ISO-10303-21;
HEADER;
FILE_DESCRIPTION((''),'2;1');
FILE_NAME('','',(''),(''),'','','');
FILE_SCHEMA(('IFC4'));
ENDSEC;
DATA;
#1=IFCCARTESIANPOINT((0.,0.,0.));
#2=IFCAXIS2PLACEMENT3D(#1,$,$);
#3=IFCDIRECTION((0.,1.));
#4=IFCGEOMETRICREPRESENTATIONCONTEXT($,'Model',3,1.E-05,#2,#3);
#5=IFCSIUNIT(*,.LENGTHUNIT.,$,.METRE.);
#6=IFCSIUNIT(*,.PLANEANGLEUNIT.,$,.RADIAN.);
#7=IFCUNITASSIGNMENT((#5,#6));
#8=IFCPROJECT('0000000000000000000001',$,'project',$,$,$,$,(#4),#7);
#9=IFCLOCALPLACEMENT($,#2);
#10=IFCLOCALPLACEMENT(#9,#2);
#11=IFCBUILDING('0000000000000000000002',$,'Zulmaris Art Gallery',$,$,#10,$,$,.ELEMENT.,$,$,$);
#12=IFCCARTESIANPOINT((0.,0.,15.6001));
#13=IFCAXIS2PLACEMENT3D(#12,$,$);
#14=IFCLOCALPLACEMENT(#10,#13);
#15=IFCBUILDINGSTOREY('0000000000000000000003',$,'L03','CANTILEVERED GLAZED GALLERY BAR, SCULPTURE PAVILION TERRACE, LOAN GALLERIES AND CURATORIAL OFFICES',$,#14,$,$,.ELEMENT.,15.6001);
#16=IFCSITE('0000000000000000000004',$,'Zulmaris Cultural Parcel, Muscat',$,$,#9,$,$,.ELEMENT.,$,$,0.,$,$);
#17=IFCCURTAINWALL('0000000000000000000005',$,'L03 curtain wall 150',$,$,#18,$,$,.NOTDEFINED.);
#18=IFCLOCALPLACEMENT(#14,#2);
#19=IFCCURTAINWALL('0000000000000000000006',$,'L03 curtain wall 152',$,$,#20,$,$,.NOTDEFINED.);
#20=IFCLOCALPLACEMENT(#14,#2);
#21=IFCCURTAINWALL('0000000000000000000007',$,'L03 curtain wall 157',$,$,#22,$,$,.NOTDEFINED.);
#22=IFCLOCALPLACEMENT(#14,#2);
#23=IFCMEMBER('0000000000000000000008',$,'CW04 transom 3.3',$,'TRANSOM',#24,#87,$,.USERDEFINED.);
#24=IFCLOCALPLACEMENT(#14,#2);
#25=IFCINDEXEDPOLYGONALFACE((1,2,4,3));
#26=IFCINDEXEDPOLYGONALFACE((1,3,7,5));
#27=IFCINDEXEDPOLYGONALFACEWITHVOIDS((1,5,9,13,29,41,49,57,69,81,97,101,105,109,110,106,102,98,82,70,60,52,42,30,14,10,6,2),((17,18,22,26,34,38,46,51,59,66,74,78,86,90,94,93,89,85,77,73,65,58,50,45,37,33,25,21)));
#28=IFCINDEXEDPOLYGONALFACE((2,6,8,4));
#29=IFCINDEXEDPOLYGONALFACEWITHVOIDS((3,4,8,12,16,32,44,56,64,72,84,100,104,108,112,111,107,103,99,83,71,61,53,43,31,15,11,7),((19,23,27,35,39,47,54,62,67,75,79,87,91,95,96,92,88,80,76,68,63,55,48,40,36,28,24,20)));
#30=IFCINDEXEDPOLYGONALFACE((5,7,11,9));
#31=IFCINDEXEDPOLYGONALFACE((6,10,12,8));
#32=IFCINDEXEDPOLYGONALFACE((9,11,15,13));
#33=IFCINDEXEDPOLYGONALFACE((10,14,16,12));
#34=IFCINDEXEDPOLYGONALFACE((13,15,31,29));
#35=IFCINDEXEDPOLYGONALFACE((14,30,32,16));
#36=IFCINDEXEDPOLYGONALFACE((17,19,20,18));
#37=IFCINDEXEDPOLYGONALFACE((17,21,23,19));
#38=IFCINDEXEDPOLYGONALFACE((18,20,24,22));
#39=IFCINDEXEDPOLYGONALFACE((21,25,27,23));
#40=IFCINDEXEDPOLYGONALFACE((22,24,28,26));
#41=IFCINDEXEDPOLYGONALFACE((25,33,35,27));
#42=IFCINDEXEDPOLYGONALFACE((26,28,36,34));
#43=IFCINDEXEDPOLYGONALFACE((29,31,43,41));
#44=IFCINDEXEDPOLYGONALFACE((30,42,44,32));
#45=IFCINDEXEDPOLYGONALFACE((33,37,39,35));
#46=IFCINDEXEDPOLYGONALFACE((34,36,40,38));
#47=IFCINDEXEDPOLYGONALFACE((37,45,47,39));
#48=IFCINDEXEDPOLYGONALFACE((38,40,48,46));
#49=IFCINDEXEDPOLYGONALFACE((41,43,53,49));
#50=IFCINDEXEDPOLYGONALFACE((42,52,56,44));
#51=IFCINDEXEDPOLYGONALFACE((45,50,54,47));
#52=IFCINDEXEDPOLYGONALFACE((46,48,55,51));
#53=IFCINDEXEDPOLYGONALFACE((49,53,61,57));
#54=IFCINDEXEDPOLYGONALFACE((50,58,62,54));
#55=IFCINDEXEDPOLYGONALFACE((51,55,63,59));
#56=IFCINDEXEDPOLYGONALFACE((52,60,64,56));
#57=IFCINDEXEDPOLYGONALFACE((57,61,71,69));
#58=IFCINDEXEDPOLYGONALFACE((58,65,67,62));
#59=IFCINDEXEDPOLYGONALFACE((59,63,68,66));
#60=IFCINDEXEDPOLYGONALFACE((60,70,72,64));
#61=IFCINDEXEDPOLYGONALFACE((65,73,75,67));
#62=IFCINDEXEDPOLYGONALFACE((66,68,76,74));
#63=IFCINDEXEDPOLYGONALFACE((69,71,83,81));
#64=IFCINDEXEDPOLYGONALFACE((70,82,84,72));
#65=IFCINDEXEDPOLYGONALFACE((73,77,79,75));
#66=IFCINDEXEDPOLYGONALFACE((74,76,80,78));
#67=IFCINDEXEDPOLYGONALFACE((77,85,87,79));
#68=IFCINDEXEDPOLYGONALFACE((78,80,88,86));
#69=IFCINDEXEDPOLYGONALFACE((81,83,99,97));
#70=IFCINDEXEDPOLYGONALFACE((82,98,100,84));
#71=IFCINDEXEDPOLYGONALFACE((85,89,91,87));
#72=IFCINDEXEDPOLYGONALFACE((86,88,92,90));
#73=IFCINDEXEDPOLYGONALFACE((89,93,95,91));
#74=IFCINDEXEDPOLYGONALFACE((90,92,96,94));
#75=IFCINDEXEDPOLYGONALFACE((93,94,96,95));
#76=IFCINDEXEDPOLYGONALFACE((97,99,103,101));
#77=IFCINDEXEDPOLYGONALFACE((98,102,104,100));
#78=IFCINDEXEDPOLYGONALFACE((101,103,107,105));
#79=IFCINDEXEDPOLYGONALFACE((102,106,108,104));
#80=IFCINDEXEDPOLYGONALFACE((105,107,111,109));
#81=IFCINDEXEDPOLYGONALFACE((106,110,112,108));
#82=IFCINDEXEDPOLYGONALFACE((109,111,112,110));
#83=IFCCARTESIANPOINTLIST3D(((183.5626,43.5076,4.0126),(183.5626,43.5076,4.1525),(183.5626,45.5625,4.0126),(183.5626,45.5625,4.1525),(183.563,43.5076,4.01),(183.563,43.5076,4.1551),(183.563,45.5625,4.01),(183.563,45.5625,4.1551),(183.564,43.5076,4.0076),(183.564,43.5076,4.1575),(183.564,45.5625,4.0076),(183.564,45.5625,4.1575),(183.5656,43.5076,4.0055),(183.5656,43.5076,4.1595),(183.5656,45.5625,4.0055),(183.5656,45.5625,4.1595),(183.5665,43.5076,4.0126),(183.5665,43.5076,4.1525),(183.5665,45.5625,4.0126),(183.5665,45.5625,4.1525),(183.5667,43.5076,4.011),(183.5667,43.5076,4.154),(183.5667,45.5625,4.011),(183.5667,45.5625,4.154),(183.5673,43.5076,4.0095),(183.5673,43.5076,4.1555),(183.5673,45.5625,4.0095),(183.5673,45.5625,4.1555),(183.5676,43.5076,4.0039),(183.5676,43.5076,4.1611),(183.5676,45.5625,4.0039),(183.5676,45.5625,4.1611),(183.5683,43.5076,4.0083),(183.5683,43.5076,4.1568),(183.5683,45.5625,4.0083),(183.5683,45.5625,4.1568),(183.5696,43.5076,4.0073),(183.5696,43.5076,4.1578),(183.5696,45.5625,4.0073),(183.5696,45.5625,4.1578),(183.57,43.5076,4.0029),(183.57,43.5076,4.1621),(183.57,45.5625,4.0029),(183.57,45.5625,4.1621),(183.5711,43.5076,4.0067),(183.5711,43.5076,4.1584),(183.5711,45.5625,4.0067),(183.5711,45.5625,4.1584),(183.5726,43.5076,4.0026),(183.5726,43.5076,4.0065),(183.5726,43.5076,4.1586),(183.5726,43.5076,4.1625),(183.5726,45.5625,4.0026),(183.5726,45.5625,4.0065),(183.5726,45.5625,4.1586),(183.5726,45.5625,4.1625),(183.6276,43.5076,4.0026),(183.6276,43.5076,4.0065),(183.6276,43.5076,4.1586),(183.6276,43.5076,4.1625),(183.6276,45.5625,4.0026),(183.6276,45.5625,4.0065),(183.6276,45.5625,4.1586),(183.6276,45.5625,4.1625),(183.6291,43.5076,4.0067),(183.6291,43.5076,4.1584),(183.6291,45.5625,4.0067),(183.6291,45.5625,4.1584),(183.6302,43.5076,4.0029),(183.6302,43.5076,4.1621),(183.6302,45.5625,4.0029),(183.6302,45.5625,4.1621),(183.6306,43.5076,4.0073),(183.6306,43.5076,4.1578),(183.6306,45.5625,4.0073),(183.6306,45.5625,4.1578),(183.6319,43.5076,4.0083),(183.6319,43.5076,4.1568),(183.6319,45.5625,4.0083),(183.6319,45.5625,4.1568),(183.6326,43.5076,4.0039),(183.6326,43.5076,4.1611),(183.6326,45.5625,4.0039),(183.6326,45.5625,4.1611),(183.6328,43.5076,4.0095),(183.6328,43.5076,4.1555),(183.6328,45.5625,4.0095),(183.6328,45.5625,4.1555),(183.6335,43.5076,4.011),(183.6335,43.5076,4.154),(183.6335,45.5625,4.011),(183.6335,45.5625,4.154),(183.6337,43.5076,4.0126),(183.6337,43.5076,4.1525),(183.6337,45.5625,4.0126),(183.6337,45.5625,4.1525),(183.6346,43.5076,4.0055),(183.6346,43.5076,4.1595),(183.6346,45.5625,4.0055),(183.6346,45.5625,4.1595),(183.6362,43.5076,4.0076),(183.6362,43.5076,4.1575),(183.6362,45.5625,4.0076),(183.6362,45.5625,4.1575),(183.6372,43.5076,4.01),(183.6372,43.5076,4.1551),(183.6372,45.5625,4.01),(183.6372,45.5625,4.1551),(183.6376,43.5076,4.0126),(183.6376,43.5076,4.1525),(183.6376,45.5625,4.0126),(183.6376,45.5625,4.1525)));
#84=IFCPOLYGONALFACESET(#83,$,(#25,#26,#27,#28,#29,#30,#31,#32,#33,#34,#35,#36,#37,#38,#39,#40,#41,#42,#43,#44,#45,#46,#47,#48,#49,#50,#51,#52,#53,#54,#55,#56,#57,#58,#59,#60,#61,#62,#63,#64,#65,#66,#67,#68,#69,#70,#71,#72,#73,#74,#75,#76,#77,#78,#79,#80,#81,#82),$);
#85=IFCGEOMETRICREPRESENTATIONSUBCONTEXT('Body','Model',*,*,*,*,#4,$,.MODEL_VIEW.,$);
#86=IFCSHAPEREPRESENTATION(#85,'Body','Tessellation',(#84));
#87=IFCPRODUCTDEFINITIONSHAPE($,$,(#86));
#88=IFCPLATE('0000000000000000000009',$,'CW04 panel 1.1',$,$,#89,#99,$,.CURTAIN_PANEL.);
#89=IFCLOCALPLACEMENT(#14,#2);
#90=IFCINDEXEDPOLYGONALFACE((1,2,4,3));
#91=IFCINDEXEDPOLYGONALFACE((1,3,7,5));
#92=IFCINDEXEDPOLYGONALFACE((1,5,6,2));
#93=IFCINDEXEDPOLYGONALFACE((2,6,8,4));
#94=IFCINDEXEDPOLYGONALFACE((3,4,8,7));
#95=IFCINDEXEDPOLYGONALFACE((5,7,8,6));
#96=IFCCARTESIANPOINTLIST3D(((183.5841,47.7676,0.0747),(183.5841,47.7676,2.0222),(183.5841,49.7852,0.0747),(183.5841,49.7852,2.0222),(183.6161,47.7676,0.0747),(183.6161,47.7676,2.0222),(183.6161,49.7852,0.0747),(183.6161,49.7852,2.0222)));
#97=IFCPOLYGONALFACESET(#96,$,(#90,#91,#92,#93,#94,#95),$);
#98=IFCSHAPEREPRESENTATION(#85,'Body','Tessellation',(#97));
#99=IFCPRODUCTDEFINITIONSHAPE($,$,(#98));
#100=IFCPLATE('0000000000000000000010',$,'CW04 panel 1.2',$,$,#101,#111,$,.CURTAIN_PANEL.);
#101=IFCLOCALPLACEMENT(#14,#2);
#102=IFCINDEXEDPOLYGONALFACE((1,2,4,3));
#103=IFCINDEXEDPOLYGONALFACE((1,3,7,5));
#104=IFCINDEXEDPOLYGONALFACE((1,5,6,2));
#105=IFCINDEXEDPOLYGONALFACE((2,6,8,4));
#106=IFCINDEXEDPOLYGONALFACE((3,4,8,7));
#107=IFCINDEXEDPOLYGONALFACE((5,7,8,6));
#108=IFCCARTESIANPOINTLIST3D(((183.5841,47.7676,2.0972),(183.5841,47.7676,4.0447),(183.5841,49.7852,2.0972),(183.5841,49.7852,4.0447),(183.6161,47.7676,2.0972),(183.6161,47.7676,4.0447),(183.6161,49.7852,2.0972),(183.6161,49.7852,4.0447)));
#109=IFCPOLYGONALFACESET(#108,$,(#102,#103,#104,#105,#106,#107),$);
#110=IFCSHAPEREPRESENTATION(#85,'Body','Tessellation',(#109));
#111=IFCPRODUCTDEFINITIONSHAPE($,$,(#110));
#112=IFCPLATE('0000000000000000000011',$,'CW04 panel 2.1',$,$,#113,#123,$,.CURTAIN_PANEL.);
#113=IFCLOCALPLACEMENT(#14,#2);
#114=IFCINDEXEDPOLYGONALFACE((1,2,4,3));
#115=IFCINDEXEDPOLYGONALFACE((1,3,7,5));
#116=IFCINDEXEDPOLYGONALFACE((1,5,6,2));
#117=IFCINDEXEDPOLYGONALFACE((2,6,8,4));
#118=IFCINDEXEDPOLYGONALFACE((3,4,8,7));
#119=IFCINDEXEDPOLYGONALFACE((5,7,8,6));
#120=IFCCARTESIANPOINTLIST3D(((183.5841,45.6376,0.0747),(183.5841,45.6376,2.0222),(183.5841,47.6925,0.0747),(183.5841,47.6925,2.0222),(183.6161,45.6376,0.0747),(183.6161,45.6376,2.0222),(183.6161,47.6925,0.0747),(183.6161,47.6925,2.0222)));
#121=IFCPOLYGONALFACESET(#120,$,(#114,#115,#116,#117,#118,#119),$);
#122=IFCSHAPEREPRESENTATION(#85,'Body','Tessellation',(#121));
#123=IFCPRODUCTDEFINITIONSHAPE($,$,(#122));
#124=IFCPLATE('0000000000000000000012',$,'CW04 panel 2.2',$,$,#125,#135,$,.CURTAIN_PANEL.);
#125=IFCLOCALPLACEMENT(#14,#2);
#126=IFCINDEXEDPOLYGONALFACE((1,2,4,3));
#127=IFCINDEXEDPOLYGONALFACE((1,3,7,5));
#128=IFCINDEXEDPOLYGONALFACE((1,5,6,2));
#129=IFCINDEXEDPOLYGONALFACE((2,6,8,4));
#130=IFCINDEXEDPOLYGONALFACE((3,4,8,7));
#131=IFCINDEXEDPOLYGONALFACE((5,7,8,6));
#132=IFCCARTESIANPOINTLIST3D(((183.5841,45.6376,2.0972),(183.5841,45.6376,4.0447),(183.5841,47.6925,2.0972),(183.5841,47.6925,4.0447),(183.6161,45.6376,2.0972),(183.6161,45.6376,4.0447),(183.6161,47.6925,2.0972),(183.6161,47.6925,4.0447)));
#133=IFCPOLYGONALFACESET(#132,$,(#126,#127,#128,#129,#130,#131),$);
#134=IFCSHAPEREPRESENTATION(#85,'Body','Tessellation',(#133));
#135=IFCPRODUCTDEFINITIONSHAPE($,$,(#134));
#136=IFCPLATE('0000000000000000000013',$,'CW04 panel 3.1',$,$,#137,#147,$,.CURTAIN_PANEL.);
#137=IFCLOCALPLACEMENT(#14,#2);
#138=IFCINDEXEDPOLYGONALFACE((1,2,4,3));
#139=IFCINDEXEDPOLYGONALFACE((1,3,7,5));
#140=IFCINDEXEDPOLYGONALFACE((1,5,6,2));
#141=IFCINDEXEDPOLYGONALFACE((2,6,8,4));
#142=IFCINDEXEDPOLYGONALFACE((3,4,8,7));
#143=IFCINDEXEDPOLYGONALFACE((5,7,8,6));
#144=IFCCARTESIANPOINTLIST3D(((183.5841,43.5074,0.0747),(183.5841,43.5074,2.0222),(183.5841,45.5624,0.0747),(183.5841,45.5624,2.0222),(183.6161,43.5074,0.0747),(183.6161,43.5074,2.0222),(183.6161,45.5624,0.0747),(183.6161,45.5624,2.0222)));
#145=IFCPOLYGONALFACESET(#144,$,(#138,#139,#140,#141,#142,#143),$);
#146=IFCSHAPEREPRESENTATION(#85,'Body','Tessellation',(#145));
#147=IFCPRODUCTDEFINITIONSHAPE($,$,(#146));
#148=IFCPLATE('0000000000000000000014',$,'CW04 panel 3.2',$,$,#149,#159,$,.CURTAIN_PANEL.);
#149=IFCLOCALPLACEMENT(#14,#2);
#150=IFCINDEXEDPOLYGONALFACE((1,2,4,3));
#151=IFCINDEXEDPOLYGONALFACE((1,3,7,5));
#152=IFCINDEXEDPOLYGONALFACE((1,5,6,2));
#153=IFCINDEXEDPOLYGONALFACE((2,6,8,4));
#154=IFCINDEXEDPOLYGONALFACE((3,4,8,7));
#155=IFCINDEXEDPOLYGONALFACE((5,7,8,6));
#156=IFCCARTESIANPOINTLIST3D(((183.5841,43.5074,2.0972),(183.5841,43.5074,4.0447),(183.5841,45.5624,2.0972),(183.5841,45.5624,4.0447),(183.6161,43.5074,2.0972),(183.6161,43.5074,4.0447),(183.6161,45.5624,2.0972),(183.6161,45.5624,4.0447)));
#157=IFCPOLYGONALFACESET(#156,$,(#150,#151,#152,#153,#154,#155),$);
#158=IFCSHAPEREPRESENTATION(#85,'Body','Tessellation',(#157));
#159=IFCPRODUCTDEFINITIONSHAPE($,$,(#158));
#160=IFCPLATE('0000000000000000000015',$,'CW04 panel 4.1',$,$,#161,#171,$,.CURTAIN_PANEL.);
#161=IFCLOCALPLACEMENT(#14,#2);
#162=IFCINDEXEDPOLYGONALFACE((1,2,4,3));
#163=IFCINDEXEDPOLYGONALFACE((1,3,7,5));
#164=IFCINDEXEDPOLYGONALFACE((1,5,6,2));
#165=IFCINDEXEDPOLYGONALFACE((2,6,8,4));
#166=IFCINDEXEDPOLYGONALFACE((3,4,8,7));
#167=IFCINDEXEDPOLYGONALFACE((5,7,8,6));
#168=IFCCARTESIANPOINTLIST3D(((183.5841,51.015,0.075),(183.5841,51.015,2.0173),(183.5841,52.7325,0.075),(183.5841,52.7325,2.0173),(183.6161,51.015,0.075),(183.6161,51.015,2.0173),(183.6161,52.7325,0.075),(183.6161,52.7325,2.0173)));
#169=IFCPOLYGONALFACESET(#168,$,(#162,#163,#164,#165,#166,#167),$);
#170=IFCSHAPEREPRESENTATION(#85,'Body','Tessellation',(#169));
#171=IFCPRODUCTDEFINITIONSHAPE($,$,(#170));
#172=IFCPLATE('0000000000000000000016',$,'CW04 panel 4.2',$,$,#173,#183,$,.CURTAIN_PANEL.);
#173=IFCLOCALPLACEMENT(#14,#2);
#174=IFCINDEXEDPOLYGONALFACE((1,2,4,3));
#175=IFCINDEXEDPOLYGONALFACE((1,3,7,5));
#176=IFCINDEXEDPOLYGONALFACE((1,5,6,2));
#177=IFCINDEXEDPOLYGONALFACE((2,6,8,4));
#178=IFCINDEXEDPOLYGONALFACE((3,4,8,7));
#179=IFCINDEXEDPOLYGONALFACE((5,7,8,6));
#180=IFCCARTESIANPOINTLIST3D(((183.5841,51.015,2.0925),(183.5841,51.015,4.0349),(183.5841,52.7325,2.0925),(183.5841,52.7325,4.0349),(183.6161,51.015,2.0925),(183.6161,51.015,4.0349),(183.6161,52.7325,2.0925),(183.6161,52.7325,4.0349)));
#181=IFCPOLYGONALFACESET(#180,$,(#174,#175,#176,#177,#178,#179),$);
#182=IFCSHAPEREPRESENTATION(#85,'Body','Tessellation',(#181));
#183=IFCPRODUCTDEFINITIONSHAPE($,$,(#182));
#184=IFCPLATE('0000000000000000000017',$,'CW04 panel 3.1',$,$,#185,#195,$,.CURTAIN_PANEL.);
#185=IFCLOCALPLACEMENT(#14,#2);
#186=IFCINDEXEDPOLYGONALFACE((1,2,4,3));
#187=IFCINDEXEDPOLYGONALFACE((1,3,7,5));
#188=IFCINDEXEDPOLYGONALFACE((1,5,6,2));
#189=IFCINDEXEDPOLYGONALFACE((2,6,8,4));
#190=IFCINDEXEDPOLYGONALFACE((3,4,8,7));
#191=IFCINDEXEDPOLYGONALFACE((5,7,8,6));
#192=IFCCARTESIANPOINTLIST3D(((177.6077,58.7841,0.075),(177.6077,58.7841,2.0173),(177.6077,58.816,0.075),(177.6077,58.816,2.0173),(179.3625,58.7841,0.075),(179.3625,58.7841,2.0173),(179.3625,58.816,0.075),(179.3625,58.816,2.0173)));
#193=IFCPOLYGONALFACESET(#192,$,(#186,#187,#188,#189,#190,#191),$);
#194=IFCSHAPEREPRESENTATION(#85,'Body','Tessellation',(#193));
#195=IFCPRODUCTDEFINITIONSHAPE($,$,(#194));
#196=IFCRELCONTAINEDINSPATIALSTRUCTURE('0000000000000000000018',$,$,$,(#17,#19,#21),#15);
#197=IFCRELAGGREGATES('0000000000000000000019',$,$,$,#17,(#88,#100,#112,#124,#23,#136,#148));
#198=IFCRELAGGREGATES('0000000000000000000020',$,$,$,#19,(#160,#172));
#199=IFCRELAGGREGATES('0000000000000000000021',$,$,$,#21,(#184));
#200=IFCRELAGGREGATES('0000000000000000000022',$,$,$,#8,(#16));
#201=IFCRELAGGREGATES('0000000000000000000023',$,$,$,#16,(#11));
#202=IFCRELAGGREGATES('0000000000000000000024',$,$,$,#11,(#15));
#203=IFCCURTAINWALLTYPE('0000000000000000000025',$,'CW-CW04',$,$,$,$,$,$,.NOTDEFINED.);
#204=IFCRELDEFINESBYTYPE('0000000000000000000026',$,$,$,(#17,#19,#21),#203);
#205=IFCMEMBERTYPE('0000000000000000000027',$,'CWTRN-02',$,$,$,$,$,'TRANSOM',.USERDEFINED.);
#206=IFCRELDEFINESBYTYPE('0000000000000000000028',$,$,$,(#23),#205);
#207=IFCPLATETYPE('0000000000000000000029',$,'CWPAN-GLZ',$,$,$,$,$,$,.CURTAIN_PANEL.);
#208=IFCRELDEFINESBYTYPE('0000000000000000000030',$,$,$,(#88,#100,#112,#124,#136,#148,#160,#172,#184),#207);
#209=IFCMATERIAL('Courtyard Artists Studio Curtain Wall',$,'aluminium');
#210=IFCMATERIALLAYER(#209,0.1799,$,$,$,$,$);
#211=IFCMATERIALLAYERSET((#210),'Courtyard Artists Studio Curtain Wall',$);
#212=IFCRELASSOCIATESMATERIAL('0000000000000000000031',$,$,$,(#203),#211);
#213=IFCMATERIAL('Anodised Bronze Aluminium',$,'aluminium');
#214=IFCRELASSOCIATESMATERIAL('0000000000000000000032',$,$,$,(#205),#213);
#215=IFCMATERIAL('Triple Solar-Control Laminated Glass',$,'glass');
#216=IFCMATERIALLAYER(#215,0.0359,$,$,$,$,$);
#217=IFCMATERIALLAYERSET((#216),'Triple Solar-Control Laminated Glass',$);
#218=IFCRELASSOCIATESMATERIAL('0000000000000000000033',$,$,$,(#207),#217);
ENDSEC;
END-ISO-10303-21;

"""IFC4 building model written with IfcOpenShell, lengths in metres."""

from ifc_helpers import new_model, si_unit, direction, frame, origin, origin_2d, place, context, subcontext, project, spatial, rectangle, hollow_rectangle, extrude, material, layer, layer_set, material_profile, profile_set, type_object, element, aggregate, save


model = new_model("IFC4")

# Units and contexts
model_context = context("Model", 3, precision=1e-05, world=origin(), true_north=direction((0.0, 1.0)))
body_context = subcontext(model_context, "Body", "Model", "MODEL_VIEW")
ifc_project = project(units=[si_unit("LENGTHUNIT", "METRE"), si_unit("PLANEANGLEUNIT", "RADIAN")], contexts=[model_context])

# Site, building, storey
site_placement = place(None, origin())
site = spatial("IfcSite", under=ifc_project, at=site_placement, Name="Zulmaris Cultural Parcel, Muscat", CompositionType="ELEMENT", RefElevation=0.0)
building_placement = place(site_placement, origin())
building = spatial("IfcBuilding", under=site, at=building_placement, Name="Zulmaris Art Gallery", CompositionType="ELEMENT")
storey_placement = place(building_placement, frame((0.0, 0.0, 15.6001)))
storey = spatial("IfcBuildingStorey", under=building, at=storey_placement, Name="L03", Description="CANTILEVERED GLAZED GALLERY BAR, SCULPTURE PAVILION TERRACE, LOAN GALLERIES AND CURATORIAL OFFICES", CompositionType="ELEMENT", Elevation=15.6001)

# Curtain wall
ifc_material_1 = material(Name="Courtyard Artists Studio Curtain Wall", Category="aluminium")
ifc_layer_1 = layer(ifc_material_1, 0.1799)
ifc_layer_set_1 = layer_set([ifc_layer_1], Name="Courtyard Artists Studio Curtain Wall")
curtain_wall_type = type_object("IfcCurtainWallType", Name="CW-CW04", PredefinedType="NOTDEFINED", material=ifc_layer_set_1)
curtain_wall_1_placement = place(storey_placement, origin())
curtain_wall_1 = element("IfcCurtainWall", 1, at=curtain_wall_1_placement, inside=storey, type_object=curtain_wall_type, Name="L03 curtain wall 150", PredefinedType="NOTDEFINED")
ifc_material_2 = material(Name="Anodised Bronze Aluminium", Category="aluminium")

# Curtain walls
curtain_wall_2_placement = place(storey_placement, origin())
curtain_wall_2 = element("IfcCurtainWall", 2, at=curtain_wall_2_placement, inside=storey, type_object=curtain_wall_type, Name="L03 curtain wall 152", PredefinedType="NOTDEFINED")
curtain_wall_3_placement = place(storey_placement, origin())
curtain_wall_3 = element("IfcCurtainWall", 3, at=curtain_wall_3_placement, inside=storey, type_object=curtain_wall_type, Name="L03 curtain wall 157", PredefinedType="NOTDEFINED")

# Member
ifc_material_profile_1 = material_profile(ifc_material_2, hollow_rectangle(XDim=0.075, YDim=0.1599, WallThickness=0.0039, InnerFilletRadius=0.0061, OuterFilletRadius=0.01, at=origin_2d()), Name="ALU 75x160x4")
ifc_profile_set_1 = profile_set([ifc_material_profile_1], Name="Anodised Bronze Aluminium")
member_type_1 = type_object("IfcMemberType", Name="CWTRN-02", ElementType="TRANSOM", PredefinedType="USERDEFINED", material=ifc_profile_set_1)
member_1_placement = place(storey_placement, frame((183.6001, 45.5625, 4.0825), z_axis=(0.0, -1.0, 0.0), x_axis=(1.0, 0.0, 0.0)))
member_1 = element("IfcMember", 4, at=member_1_placement, type_object=member_type_1, Name="CW04 transom 3.3", ObjectType="TRANSOM", PredefinedType="USERDEFINED", context=body_context, shape_type="SweptSolid", body=[
    extrude(hollow_rectangle(XDim=0.075, YDim=0.1599, WallThickness=0.0039, InnerFilletRadius=0.0061, OuterFilletRadius=0.01, at=origin_2d()), origin(), (0.0, 0.0, 1.0), 2.0549),
])

# Plates
ifc_material_3 = material(Name="Triple Solar-Control Laminated Glass", Category="glass")
ifc_layer_2 = layer(ifc_material_3, 0.0359)
ifc_layer_set_2 = layer_set([ifc_layer_2], Name="Triple Solar-Control Laminated Glass")
plate_type = type_object("IfcPlateType", Name="CWPAN-GLZ", PredefinedType="CURTAIN_PANEL", material=ifc_layer_set_2)
plate_1_placement = place(storey_placement, frame((183.6001, 48.7764, 0.0747), z_axis=(0.0, 0.0, 1.0), x_axis=(0.0, -1.0, 0.0)))
plate_1 = element("IfcPlate", 5, at=plate_1_placement, type_object=plate_type, Name="CW04 panel 1.1", PredefinedType="CURTAIN_PANEL", context=body_context, shape_type="SweptSolid", body=[
    extrude(rectangle(XDim=2.0176, YDim=0.032, at=origin_2d()), origin(), (0.0, 0.0, 1.0), 1.9475),
])
plate_2_placement = place(storey_placement, frame((183.6001, 48.7764, 2.0972), z_axis=(0.0, 0.0, 1.0), x_axis=(0.0, -1.0, 0.0)))
plate_2 = element("IfcPlate", 6, at=plate_2_placement, type_object=plate_type, Name="CW04 panel 1.2", PredefinedType="CURTAIN_PANEL", context=body_context, shape_type="SweptSolid", body=[
    extrude(rectangle(XDim=2.0176, YDim=0.032, at=origin_2d()), origin(), (0.0, 0.0, 1.0), 1.9475),
])
plate_3_placement = place(storey_placement, frame((183.6001, 46.665, 0.0747), z_axis=(0.0, 0.0, 1.0), x_axis=(0.0, -1.0, 0.0)))
plate_3 = element("IfcPlate", 7, at=plate_3_placement, type_object=plate_type, Name="CW04 panel 2.1", PredefinedType="CURTAIN_PANEL", context=body_context, shape_type="SweptSolid", body=[
    extrude(rectangle(XDim=2.0549, YDim=0.032, at=origin_2d()), origin(), (0.0, 0.0, 1.0), 1.9475),
])
plate_4_placement = place(storey_placement, frame((183.6001, 46.665, 2.0972), z_axis=(0.0, 0.0, 1.0), x_axis=(0.0, -1.0, 0.0)))
plate_4 = element("IfcPlate", 8, at=plate_4_placement, type_object=plate_type, Name="CW04 panel 2.2", PredefinedType="CURTAIN_PANEL", context=body_context, shape_type="SweptSolid", body=[
    extrude(rectangle(XDim=2.0549, YDim=0.032, at=origin_2d()), origin(), (0.0, 0.0, 1.0), 1.9475),
])
plate_5_placement = place(storey_placement, frame((183.6001, 44.5349, 0.0747), z_axis=(0.0, 0.0, 1.0), x_axis=(0.0, -1.0, 0.0)))
plate_5 = element("IfcPlate", 9, at=plate_5_placement, type_object=plate_type, Name="CW04 panel 3.1", PredefinedType="CURTAIN_PANEL", context=body_context, shape_type="SweptSolid", body=[
    extrude(rectangle(XDim=2.0549, YDim=0.032, at=origin_2d()), origin(), (0.0, 0.0, 1.0), 1.9475),
])
plate_6_placement = place(storey_placement, frame((183.6001, 44.5349, 2.0972), z_axis=(0.0, 0.0, 1.0), x_axis=(0.0, -1.0, 0.0)))
plate_6 = element("IfcPlate", 10, at=plate_6_placement, type_object=plate_type, Name="CW04 panel 3.2", PredefinedType="CURTAIN_PANEL", context=body_context, shape_type="SweptSolid", body=[
    extrude(rectangle(XDim=2.0549, YDim=0.032, at=origin_2d()), origin(), (0.0, 0.0, 1.0), 1.9475),
])
aggregate(curtain_wall_1, [plate_1, plate_2, plate_3, plate_4, member_1, plate_5, plate_6])
plate_7_placement = place(storey_placement, frame((183.6001, 51.8738, 0.075), z_axis=(0.0, 0.0, 1.0), x_axis=(0.0, -1.0, 0.0)))
plate_7 = element("IfcPlate", 11, at=plate_7_placement, type_object=plate_type, Name="CW04 panel 4.1", PredefinedType="CURTAIN_PANEL", context=body_context, shape_type="SweptSolid", body=[
    extrude(rectangle(XDim=1.7175, YDim=0.032, at=origin_2d()), origin(), (0.0, 0.0, 1.0), 1.9424),
])
plate_8_placement = place(storey_placement, frame((183.6001, 51.8738, 2.0925), z_axis=(0.0, 0.0, 1.0), x_axis=(0.0, -1.0, 0.0)))
plate_8 = element("IfcPlate", 12, at=plate_8_placement, type_object=plate_type, Name="CW04 panel 4.2", PredefinedType="CURTAIN_PANEL", context=body_context, shape_type="SweptSolid", body=[
    extrude(rectangle(XDim=1.7175, YDim=0.032, at=origin_2d()), origin(), (0.0, 0.0, 1.0), 1.9424),
])
aggregate(curtain_wall_2, [plate_7, plate_8])
plate_9_placement = place(storey_placement, frame((178.4851, 58.8, 0.075), z_axis=(0.0, 0.0, 1.0), x_axis=(-1.0, 0.0, 0.0)))
plate_9 = element("IfcPlate", 13, at=plate_9_placement, type_object=plate_type, Name="CW04 panel 3.1", PredefinedType="CURTAIN_PANEL", context=body_context, shape_type="SweptSolid", body=[
    extrude(rectangle(XDim=1.7549, YDim=0.032, at=origin_2d()), origin(), (0.0, 0.0, 1.0), 1.9424),
])
aggregate(curtain_wall_3, [plate_9])

save(model, "model.ifc")
